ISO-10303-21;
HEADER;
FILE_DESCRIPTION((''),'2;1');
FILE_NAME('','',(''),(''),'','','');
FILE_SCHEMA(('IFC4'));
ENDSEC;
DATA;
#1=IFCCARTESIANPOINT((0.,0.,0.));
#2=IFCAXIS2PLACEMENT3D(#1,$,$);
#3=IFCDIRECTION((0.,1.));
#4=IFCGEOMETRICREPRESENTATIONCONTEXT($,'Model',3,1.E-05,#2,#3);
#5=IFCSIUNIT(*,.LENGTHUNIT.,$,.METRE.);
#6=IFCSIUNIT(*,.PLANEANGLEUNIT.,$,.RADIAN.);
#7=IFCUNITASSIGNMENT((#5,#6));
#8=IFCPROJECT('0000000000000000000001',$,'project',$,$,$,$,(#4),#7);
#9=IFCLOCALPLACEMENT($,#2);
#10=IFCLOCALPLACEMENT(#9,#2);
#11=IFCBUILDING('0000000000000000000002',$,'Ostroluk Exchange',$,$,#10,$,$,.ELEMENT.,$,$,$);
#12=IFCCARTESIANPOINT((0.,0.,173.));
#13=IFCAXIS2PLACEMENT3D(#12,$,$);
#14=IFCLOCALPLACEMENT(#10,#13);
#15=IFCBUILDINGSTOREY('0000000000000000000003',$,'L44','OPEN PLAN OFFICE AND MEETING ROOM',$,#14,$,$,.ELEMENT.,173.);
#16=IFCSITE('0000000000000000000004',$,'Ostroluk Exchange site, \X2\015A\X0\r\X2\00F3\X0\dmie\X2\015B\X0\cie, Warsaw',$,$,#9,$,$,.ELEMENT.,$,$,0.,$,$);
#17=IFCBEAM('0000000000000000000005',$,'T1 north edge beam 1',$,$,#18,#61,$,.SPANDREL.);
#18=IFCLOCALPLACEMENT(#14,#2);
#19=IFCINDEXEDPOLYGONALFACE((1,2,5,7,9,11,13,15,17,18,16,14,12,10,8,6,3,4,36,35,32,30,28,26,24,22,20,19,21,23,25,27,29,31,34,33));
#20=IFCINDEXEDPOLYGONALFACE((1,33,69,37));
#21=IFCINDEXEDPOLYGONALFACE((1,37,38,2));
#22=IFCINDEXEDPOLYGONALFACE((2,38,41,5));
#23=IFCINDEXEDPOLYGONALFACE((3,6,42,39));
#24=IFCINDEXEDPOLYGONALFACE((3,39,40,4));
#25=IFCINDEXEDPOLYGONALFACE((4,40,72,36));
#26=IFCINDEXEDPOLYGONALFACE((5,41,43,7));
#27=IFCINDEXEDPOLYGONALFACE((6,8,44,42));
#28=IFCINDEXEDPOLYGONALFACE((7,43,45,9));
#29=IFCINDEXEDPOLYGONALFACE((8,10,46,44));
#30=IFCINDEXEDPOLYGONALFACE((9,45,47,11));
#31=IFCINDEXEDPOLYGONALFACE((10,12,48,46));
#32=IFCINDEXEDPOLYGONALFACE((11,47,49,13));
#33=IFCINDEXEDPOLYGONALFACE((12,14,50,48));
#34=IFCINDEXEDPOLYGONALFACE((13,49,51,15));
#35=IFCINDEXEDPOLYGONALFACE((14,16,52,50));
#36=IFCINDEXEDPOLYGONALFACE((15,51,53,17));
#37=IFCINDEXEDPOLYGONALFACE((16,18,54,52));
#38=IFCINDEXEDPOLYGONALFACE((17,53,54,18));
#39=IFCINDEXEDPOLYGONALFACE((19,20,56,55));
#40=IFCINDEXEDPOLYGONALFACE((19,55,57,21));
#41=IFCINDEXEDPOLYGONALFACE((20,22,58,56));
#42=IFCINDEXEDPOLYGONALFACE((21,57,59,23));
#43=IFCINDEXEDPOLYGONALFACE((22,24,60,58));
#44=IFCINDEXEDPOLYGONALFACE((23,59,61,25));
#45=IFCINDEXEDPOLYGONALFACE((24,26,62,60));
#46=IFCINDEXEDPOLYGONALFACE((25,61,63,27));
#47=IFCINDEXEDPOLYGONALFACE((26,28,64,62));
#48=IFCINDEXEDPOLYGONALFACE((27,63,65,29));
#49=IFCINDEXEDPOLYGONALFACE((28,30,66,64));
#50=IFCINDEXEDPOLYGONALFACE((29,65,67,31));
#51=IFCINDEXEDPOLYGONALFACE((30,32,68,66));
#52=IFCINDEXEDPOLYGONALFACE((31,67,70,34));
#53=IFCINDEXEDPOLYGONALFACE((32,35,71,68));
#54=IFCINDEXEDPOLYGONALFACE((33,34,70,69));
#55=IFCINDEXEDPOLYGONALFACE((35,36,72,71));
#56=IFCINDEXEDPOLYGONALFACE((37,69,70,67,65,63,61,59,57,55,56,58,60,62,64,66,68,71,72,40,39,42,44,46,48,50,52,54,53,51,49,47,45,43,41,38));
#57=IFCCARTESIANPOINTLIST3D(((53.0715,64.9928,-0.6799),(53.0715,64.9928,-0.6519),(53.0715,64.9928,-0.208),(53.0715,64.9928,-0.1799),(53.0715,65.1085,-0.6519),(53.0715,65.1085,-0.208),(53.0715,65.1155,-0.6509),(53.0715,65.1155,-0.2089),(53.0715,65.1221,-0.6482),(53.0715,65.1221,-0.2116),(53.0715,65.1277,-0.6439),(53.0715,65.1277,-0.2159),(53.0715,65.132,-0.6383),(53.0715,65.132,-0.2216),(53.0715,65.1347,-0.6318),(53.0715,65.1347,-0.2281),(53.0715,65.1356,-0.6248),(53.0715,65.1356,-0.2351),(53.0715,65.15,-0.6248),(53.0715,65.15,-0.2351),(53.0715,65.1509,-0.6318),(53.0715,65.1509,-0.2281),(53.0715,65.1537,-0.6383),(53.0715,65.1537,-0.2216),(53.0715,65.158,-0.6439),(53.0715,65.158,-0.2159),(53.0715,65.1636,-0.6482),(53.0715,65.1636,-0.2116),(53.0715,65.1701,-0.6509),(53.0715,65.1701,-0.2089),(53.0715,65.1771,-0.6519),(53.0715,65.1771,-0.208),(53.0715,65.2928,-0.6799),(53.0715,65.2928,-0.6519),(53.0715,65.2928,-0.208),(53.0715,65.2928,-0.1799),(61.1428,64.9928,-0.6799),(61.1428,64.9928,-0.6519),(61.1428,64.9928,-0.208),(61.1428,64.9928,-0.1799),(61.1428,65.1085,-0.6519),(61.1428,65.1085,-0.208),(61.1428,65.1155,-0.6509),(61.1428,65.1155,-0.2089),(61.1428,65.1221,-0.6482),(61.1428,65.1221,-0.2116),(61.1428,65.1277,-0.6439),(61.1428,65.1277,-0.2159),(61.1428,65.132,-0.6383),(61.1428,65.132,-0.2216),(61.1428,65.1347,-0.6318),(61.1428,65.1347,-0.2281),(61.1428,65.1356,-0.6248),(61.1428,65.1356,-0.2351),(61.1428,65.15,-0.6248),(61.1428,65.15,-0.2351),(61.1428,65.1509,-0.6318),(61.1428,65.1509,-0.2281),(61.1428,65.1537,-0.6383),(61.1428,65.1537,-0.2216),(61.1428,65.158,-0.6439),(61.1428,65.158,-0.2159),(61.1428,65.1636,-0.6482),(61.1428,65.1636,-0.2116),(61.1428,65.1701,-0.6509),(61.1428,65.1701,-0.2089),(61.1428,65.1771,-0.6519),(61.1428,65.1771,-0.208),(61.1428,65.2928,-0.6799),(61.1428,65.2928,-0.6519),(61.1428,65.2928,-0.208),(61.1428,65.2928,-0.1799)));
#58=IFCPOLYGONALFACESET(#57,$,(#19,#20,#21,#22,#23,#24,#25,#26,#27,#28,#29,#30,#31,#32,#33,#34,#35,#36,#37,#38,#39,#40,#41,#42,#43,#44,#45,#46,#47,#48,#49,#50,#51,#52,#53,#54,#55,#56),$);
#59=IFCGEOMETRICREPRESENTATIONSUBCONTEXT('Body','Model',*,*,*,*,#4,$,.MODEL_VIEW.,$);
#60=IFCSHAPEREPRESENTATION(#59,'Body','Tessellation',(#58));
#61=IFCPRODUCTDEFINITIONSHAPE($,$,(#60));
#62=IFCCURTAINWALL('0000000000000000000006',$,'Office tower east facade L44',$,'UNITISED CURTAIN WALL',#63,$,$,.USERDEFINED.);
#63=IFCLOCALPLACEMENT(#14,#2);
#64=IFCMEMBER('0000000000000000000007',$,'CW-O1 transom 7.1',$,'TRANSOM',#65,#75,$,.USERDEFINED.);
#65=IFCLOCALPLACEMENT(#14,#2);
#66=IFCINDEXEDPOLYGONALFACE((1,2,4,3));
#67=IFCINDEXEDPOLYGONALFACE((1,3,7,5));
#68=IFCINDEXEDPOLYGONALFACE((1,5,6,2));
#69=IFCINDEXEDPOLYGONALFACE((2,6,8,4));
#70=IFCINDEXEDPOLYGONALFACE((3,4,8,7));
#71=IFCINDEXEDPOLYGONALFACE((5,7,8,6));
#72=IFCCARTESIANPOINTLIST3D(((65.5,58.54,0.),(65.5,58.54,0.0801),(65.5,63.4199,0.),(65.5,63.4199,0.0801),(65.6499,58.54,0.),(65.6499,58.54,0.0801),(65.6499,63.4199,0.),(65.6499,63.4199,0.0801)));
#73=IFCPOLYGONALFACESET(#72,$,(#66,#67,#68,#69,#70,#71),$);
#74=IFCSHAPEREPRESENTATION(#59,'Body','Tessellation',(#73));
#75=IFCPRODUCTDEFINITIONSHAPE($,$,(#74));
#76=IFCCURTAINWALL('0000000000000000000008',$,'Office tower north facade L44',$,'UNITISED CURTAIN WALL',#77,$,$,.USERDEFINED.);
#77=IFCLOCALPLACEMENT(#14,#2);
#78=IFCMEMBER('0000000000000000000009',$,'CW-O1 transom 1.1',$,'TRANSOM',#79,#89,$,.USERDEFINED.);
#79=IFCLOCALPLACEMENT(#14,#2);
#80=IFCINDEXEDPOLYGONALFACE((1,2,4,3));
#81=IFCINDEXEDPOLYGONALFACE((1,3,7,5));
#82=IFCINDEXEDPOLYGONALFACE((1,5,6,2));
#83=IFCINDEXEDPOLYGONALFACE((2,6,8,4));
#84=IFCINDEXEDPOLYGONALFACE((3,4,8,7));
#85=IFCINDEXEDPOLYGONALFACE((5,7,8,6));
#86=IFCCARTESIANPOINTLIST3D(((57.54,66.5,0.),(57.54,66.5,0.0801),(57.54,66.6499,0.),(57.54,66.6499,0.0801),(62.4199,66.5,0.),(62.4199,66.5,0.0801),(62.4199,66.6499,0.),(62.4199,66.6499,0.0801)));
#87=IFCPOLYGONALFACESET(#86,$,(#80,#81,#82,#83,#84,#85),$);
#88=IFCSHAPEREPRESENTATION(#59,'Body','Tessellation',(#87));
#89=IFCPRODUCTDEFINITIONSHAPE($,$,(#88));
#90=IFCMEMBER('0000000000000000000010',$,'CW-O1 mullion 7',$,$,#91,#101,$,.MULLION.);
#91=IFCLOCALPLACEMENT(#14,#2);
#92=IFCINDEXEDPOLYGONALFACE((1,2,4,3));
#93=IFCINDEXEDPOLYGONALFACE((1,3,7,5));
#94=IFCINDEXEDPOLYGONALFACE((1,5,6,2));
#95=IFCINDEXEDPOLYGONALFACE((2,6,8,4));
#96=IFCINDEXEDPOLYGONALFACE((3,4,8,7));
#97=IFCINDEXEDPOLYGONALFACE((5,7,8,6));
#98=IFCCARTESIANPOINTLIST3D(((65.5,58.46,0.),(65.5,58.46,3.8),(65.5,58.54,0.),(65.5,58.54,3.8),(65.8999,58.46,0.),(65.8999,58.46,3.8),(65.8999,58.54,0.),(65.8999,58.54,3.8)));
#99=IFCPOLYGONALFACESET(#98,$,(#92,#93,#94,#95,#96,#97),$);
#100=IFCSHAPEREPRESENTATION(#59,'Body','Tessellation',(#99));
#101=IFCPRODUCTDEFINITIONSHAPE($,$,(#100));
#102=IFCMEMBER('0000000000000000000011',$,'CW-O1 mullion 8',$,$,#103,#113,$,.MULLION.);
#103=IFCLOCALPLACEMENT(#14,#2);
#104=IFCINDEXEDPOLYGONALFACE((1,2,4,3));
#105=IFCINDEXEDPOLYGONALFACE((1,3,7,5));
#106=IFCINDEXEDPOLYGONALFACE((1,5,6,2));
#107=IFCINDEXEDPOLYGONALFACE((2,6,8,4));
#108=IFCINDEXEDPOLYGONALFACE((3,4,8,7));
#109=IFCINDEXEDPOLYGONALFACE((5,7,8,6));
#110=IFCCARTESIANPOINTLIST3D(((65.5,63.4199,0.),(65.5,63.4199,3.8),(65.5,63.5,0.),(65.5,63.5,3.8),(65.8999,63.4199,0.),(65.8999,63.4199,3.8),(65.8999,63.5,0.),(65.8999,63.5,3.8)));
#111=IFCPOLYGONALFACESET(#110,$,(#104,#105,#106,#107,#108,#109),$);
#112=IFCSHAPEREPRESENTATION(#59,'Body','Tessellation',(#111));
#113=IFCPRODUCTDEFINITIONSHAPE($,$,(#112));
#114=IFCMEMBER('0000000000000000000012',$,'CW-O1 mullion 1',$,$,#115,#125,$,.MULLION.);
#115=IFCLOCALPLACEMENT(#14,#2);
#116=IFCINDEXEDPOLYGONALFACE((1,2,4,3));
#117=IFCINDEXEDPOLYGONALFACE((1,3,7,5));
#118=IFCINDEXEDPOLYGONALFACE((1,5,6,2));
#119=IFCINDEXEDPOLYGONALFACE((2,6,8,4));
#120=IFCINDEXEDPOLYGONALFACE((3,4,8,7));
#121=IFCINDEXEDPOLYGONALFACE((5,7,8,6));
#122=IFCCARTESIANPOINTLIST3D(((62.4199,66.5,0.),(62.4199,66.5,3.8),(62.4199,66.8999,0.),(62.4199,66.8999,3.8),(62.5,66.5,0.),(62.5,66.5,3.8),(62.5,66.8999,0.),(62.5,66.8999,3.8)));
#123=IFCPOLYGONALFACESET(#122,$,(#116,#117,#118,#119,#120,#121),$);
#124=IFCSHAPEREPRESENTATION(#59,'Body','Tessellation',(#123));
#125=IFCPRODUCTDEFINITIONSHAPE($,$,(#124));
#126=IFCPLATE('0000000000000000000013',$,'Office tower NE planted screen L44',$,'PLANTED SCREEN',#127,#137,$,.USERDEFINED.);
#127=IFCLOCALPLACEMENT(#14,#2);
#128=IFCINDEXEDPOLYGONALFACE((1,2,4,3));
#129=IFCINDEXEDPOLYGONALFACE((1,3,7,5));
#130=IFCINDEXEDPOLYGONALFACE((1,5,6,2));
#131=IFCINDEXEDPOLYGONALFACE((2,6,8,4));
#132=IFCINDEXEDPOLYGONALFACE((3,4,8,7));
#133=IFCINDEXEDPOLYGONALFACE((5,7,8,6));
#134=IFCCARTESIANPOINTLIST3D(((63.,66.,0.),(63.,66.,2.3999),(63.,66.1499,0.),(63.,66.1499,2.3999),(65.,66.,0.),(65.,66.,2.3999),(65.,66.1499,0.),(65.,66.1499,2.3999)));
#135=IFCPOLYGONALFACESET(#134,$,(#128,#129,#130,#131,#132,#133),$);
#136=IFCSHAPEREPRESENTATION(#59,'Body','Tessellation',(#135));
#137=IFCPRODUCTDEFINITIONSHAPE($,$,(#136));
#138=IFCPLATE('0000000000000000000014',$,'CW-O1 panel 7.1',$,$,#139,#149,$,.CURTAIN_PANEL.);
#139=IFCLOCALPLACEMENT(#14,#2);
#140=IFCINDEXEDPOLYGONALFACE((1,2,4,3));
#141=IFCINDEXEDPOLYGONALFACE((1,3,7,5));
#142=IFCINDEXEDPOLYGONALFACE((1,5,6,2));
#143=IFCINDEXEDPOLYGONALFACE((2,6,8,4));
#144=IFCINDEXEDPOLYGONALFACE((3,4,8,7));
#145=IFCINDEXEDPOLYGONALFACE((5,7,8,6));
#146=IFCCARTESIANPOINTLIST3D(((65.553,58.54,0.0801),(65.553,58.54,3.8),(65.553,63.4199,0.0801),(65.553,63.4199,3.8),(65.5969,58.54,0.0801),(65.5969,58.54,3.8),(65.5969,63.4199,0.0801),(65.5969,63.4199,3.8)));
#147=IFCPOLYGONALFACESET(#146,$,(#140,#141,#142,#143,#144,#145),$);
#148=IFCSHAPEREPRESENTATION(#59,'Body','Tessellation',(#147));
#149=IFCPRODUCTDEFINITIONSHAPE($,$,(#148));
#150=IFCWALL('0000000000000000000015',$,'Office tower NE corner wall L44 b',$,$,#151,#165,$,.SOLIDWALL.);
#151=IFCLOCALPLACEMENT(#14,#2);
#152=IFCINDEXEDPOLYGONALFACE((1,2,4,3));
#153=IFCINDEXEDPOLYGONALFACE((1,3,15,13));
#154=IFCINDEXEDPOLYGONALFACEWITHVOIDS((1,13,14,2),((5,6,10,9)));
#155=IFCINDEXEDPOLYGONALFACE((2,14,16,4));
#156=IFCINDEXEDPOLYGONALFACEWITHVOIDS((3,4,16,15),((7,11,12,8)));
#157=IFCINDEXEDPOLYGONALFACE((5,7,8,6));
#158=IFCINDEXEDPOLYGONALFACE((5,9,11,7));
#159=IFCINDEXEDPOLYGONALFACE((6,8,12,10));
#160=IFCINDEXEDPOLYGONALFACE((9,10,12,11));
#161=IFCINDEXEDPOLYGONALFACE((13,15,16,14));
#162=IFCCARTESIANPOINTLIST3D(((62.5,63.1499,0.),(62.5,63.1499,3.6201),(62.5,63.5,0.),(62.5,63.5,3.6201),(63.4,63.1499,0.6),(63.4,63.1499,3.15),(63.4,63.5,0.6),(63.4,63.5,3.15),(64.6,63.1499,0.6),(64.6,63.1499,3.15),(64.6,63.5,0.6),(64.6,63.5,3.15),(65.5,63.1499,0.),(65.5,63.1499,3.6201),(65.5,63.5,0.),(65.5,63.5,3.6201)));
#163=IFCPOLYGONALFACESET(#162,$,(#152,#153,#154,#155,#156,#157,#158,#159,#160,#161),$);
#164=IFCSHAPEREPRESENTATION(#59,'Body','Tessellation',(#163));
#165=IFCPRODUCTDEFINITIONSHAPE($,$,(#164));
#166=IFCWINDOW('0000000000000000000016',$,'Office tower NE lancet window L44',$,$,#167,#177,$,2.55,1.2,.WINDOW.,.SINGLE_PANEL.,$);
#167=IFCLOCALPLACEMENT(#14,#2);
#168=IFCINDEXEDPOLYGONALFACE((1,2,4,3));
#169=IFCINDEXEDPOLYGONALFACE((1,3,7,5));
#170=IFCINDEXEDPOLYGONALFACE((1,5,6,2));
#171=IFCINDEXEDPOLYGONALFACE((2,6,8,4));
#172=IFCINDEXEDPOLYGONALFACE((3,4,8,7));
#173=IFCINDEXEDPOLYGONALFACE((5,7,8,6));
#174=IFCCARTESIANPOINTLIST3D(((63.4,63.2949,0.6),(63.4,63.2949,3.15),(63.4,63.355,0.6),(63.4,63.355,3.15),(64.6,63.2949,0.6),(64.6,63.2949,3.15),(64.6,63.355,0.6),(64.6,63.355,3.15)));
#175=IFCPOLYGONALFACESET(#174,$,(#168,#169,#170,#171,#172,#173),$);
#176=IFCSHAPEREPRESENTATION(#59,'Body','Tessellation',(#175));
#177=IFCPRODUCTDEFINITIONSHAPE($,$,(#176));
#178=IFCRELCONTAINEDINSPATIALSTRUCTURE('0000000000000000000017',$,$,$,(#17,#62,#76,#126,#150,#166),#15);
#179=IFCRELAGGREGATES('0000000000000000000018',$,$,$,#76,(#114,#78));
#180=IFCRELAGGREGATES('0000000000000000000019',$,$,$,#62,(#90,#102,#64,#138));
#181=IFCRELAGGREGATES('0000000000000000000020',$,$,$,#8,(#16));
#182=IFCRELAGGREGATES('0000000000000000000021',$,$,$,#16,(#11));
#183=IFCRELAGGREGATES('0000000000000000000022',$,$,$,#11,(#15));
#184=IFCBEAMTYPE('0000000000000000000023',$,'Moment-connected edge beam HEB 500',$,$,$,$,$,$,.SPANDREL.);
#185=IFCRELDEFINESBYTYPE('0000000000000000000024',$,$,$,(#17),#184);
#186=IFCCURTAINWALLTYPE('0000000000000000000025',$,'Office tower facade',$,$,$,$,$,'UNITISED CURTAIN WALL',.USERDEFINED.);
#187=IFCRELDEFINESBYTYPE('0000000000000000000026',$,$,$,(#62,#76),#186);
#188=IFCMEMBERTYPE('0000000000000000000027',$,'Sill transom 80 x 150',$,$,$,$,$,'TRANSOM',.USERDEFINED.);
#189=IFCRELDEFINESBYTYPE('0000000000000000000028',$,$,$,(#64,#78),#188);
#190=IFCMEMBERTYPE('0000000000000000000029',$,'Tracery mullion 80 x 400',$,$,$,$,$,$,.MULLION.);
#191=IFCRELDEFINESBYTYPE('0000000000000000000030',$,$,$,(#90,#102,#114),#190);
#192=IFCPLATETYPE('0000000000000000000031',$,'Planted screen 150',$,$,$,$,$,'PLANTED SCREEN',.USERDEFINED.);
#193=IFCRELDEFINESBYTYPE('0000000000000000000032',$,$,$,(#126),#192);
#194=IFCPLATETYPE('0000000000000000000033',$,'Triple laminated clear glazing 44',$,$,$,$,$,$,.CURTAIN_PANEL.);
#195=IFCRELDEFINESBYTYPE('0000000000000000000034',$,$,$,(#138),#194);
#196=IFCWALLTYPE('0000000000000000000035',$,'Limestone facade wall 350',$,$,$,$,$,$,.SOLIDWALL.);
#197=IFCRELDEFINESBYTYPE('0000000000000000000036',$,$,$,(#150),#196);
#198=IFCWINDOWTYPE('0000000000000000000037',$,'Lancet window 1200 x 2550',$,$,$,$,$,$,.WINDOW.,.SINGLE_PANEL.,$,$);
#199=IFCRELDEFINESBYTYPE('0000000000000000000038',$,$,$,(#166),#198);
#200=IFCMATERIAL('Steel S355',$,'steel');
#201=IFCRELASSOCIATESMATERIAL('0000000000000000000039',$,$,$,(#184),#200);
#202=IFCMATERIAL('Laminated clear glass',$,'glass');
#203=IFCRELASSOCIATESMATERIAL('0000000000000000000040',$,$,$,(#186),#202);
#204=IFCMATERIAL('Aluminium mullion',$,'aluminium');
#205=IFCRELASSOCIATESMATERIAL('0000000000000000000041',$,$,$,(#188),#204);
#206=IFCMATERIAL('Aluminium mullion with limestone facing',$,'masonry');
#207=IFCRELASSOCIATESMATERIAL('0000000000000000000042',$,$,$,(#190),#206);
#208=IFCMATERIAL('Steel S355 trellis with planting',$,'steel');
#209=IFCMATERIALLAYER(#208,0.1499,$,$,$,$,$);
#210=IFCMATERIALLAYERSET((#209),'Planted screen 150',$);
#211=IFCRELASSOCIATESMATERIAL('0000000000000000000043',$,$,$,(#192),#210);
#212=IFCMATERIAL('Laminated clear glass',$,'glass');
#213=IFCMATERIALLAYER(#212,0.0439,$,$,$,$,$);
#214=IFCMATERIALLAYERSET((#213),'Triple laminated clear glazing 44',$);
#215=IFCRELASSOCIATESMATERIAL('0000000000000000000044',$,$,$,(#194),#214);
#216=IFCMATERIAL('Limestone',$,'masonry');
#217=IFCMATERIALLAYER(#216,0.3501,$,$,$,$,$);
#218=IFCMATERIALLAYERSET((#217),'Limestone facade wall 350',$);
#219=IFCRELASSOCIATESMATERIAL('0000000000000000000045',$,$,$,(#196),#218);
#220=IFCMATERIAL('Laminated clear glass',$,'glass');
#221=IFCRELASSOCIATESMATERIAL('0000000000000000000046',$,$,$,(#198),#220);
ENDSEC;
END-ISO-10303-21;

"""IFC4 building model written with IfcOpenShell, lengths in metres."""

from ifc_helpers import new_model, si_unit, direction, frame, frame_2d, origin, origin_2d, place, context, subcontext, project, spatial, rectangle, i_section, extrude, material, layer, layer_set, material_profile, profile_set, type_object, element, fill, aggregate, save


model = new_model("IFC4")

# Units and contexts
model_context = context("Model", 3, precision=1e-05, world=origin(), true_north=direction((0.0, 1.0)))
body_context = subcontext(model_context, "Body", "Model", "MODEL_VIEW")
ifc_project = project(units=[si_unit("LENGTHUNIT", "METRE"), si_unit("PLANEANGLEUNIT", "RADIAN")], contexts=[model_context])

# Site, building, storey
site_placement = place(None, origin())
site = spatial("IfcSite", under=ifc_project, at=site_placement, Name="Ostroluk Exchange site, Śródmieście, Warsaw", CompositionType="ELEMENT", RefElevation=0.0)
building_placement = place(site_placement, origin())
building = spatial("IfcBuilding", under=site, at=building_placement, Name="Ostroluk Exchange", CompositionType="ELEMENT")
storey_placement = place(building_placement, frame((0.0, 0.0, 173.0)))
storey = spatial("IfcBuildingStorey", under=building, at=storey_placement, Name="L44", Description="OPEN PLAN OFFICE AND MEETING ROOM", CompositionType="ELEMENT", Elevation=173.0)

# Beam
ifc_material_1 = material(Name="Steel S355", Category="steel")
ifc_material_profile_1 = material_profile(ifc_material_1, i_section(OverallWidth=0.3, OverallDepth=0.5, WebThickness=0.0144, FlangeThickness=0.0281, FilletRadius=0.0271, at=origin_2d()), Name="HEB 500")
ifc_profile_set_1 = profile_set([ifc_material_profile_1], Name="Steel S355")
beam_type_1 = type_object("IfcBeamType", Name="Moment-connected edge beam HEB 500", PredefinedType="SPANDREL", material=ifc_profile_set_1)
beam_1_placement = place(storey_placement, frame((61.1428, 65.1428, -0.4299), z_axis=(-1.0, 0.0, 0.0), x_axis=(0.0, -1.0, 0.0)))
element("IfcBeam", 1, at=beam_1_placement, inside=storey, type_object=beam_type_1, Name="T1 north edge beam 1", PredefinedType="SPANDREL", context=body_context, shape_type="SweptSolid", body=[
    extrude(i_section(OverallWidth=0.3, OverallDepth=0.5, WebThickness=0.0144, FlangeThickness=0.0281, FilletRadius=0.0271, at=origin_2d()), origin(), (0.0, 0.0, 1.0), 8.0713),
])

# Curtain walls, members
ifc_material_2 = material(Name="Laminated clear glass", Category="glass")
curtain_wall_type = type_object("IfcCurtainWallType", Name="Office tower facade", ElementType="UNITISED CURTAIN WALL", PredefinedType="USERDEFINED", material=ifc_material_2)
curtain_wall_1_placement = place(storey_placement, origin())
curtain_wall_1 = element("IfcCurtainWall", 2, at=curtain_wall_1_placement, inside=storey, type_object=curtain_wall_type, Name="Office tower east facade L44", ObjectType="UNITISED CURTAIN WALL", PredefinedType="USERDEFINED")
ifc_material_3 = material(Name="Aluminium mullion", Category="aluminium")
ifc_material_profile_2 = material_profile(ifc_material_3, rectangle(XDim=0.1499, YDim=0.0801, at=origin_2d()), Name="Sill transom 80 x 150")
ifc_profile_set_2 = profile_set([ifc_material_profile_2], Name="Aluminium mullion")
member_type_1 = type_object("IfcMemberType", Name="Sill transom 80 x 150", ElementType="TRANSOM", PredefinedType="USERDEFINED", material=ifc_profile_set_2)
member_1_placement = place(storey_placement, frame((65.575, 58.54, 0.04), z_axis=(0.0, 1.0, 0.0), x_axis=(-1.0, 0.0, 0.0)))
member_1 = element("IfcMember", 3, at=member_1_placement, type_object=member_type_1, Name="CW-O1 transom 7.1", ObjectType="TRANSOM", PredefinedType="USERDEFINED", context=body_context, shape_type="SweptSolid", body=[
    extrude(rectangle(XDim=0.1499, YDim=0.0801, at=origin_2d()), origin(), (0.0, 0.0, 1.0), 4.8799),
])
curtain_wall_2_placement = place(storey_placement, origin())
curtain_wall_2 = element("IfcCurtainWall", 4, at=curtain_wall_2_placement, inside=storey, type_object=curtain_wall_type, Name="Office tower north facade L44", ObjectType="UNITISED CURTAIN WALL", PredefinedType="USERDEFINED")
member_2_placement = place(storey_placement, frame((62.4199, 66.575, 0.04), z_axis=(-1.0, 0.0, 0.0), x_axis=(0.0, -1.0, 0.0)))
member_2 = element("IfcMember", 5, at=member_2_placement, type_object=member_type_1, Name="CW-O1 transom 1.1", ObjectType="TRANSOM", PredefinedType="USERDEFINED", context=body_context, shape_type="SweptSolid", body=[
    extrude(rectangle(XDim=0.1499, YDim=0.0801, at=origin_2d()), origin(), (0.0, 0.0, 1.0), 4.8799),
])

# Members
ifc_material_4 = material(Name="Aluminium mullion with limestone facing", Category="masonry")
ifc_material_profile_3 = material_profile(ifc_material_4, rectangle(XDim=0.3999, YDim=0.0801, at=origin_2d()), Name="Tracery mullion 80 x 400")
ifc_profile_set_3 = profile_set([ifc_material_profile_3], Name="Aluminium mullion with limestone facing")
member_type_2 = type_object("IfcMemberType", Name="Tracery mullion 80 x 400", PredefinedType="MULLION", material=ifc_profile_set_3)
member_3_placement = place(storey_placement, frame((65.7, 58.5, 0.0), z_axis=(0.0, 0.0, 1.0), x_axis=(-1.0, 0.0, 0.0)))
member_3 = element("IfcMember", 6, at=member_3_placement, type_object=member_type_2, Name="CW-O1 mullion 7", PredefinedType="MULLION", context=body_context, shape_type="SweptSolid", body=[
    extrude(rectangle(XDim=0.3999, YDim=0.0801, at=origin_2d()), origin(), (0.0, 0.0, 1.0), 3.8),
])
member_4_placement = place(storey_placement, frame((65.7, 63.46, 0.0), z_axis=(0.0, 0.0, 1.0), x_axis=(-1.0, 0.0, 0.0)))
member_4 = element("IfcMember", 7, at=member_4_placement, type_object=member_type_2, Name="CW-O1 mullion 8", PredefinedType="MULLION", context=body_context, shape_type="SweptSolid", body=[
    extrude(rectangle(XDim=0.3999, YDim=0.0801, at=origin_2d()), origin(), (0.0, 0.0, 1.0), 3.8),
])
member_5_placement = place(storey_placement, frame((62.46, 66.7, 0.0), z_axis=(0.0, 0.0, 1.0), x_axis=(0.0, -1.0, 0.0)))
member_5 = element("IfcMember", 8, at=member_5_placement, type_object=member_type_2, Name="CW-O1 mullion 1", PredefinedType="MULLION", context=body_context, shape_type="SweptSolid", body=[
    extrude(rectangle(XDim=0.3999, YDim=0.0801, at=origin_2d()), origin(), (0.0, 0.0, 1.0), 3.8),
])
aggregate(curtain_wall_2, [member_5, member_2])

# Plates
ifc_material_5 = material(Name="Steel S355 trellis with planting", Category="steel")
ifc_layer_1 = layer(ifc_material_5, 0.1499)
ifc_layer_set_1 = layer_set([ifc_layer_1], Name="Planted screen 150")
plate_type_1 = type_object("IfcPlateType", Name="Planted screen 150", ElementType="PLANTED SCREEN", PredefinedType="USERDEFINED", material=ifc_layer_set_1)
plate_1_placement = place(storey_placement, frame((64.0, 66.075, 0.0), z_axis=(0.0, 0.0, 1.0), x_axis=(1.0, 0.0, 0.0)))
element("IfcPlate", 9, at=plate_1_placement, inside=storey, type_object=plate_type_1, Name="Office tower NE planted screen L44", ObjectType="PLANTED SCREEN", PredefinedType="USERDEFINED", context=body_context, shape_type="SweptSolid", body=[
    extrude(rectangle(XDim=2.0, YDim=0.1499, at=origin_2d()), origin(), (0.0, 0.0, 1.0), 2.3999),
])
ifc_material_6 = material(Name="Laminated clear glass", Category="glass")
ifc_layer_2 = layer(ifc_material_6, 0.0439)
ifc_layer_set_2 = layer_set([ifc_layer_2], Name="Triple laminated clear glazing 44")
plate_type_2 = type_object("IfcPlateType", Name="Triple laminated clear glazing 44", PredefinedType="CURTAIN_PANEL", material=ifc_layer_set_2)
plate_2_placement = place(storey_placement, frame((65.575, 60.98, 0.0801), z_axis=(0.0, 0.0, 1.0), x_axis=(0.0, 1.0, 0.0)))
plate_2 = element("IfcPlate", 10, at=plate_2_placement, type_object=plate_type_2, Name="CW-O1 panel 7.1", PredefinedType="CURTAIN_PANEL", context=body_context, shape_type="SweptSolid", body=[
    extrude(rectangle(XDim=4.8799, YDim=0.0439, at=origin_2d()), origin(), (0.0, 0.0, 1.0), 3.72),
])
aggregate(curtain_wall_1, [member_3, member_4, member_1, plate_2])

# Shared definitions
ifc_material_7 = material(Name="Limestone", Category="masonry")
ifc_layer_3 = layer(ifc_material_7, 0.3501)
ifc_layer_set_3 = layer_set([ifc_layer_3], Name="Limestone facade wall 350")
wall_type = type_object("IfcWallType", Name="Limestone facade wall 350", PredefinedType="SOLIDWALL", material=ifc_layer_set_3)

# Wall, opening, window
wall_1_placement = place(storey_placement, frame((62.5, 63.325, 0.0), z_axis=(0.0, 0.0, 1.0), x_axis=(1.0, 0.0, 0.0)))
wall_1 = element("IfcWall", 11, at=wall_1_placement, inside=storey, type_object=wall_type, Name="Office tower NE corner wall L44 b", PredefinedType="SOLIDWALL", context=body_context, shape_type="SweptSolid", body=[
    extrude(rectangle(XDim=3.0, YDim=0.3501, at=frame_2d((1.5, 0.0))), origin(), (0.0, 0.0, 1.0), 3.6201),
])
opening_1_placement = place(wall_1_placement, frame((0.8999, 0.0, 0.6001)))
opening_1 = element("IfcOpeningElement", 12, at=opening_1_placement, cuts=wall_1, PredefinedType="OPENING", context=body_context, shape_type="SweptSolid", body=[
    extrude(rectangle(XDim=1.2, YDim=2.55, at=frame_2d((0.6001, 1.2749))), frame((0.0, 0.1851, 0.0), z_axis=(0.0, -1.0, 0.0), x_axis=(1.0, 0.0, 0.0)), (0.0, 0.0, 1.0), 0.3701),
])
ifc_material_8 = material(Name="Laminated clear glass", Category="glass")
window_type = type_object("IfcWindowType", Name="Lancet window 1200 x 2550", PartitioningType="SINGLE_PANEL", PredefinedType="WINDOW", material=ifc_material_8)
window_placement = place(opening_1_placement, origin())
window = element("IfcWindow", 13, at=window_placement, inside=storey, type_object=window_type, Name="Office tower NE lancet window L44", OverallHeight=2.55, OverallWidth=1.2, PartitioningType="SINGLE_PANEL", PredefinedType="WINDOW", context=body_context, shape_type="SweptSolid", body=[
    extrude(rectangle(XDim=1.2, YDim=2.55, at=frame_2d((0.6001, 1.2749))), frame((0.0, 0.03, 0.0), z_axis=(0.0, -1.0, 0.0), x_axis=(1.0, 0.0, 0.0)), (0.0, 0.0, 1.0), 0.0601),
])
fill(opening_1, window)

save(model, "model.ifc")
